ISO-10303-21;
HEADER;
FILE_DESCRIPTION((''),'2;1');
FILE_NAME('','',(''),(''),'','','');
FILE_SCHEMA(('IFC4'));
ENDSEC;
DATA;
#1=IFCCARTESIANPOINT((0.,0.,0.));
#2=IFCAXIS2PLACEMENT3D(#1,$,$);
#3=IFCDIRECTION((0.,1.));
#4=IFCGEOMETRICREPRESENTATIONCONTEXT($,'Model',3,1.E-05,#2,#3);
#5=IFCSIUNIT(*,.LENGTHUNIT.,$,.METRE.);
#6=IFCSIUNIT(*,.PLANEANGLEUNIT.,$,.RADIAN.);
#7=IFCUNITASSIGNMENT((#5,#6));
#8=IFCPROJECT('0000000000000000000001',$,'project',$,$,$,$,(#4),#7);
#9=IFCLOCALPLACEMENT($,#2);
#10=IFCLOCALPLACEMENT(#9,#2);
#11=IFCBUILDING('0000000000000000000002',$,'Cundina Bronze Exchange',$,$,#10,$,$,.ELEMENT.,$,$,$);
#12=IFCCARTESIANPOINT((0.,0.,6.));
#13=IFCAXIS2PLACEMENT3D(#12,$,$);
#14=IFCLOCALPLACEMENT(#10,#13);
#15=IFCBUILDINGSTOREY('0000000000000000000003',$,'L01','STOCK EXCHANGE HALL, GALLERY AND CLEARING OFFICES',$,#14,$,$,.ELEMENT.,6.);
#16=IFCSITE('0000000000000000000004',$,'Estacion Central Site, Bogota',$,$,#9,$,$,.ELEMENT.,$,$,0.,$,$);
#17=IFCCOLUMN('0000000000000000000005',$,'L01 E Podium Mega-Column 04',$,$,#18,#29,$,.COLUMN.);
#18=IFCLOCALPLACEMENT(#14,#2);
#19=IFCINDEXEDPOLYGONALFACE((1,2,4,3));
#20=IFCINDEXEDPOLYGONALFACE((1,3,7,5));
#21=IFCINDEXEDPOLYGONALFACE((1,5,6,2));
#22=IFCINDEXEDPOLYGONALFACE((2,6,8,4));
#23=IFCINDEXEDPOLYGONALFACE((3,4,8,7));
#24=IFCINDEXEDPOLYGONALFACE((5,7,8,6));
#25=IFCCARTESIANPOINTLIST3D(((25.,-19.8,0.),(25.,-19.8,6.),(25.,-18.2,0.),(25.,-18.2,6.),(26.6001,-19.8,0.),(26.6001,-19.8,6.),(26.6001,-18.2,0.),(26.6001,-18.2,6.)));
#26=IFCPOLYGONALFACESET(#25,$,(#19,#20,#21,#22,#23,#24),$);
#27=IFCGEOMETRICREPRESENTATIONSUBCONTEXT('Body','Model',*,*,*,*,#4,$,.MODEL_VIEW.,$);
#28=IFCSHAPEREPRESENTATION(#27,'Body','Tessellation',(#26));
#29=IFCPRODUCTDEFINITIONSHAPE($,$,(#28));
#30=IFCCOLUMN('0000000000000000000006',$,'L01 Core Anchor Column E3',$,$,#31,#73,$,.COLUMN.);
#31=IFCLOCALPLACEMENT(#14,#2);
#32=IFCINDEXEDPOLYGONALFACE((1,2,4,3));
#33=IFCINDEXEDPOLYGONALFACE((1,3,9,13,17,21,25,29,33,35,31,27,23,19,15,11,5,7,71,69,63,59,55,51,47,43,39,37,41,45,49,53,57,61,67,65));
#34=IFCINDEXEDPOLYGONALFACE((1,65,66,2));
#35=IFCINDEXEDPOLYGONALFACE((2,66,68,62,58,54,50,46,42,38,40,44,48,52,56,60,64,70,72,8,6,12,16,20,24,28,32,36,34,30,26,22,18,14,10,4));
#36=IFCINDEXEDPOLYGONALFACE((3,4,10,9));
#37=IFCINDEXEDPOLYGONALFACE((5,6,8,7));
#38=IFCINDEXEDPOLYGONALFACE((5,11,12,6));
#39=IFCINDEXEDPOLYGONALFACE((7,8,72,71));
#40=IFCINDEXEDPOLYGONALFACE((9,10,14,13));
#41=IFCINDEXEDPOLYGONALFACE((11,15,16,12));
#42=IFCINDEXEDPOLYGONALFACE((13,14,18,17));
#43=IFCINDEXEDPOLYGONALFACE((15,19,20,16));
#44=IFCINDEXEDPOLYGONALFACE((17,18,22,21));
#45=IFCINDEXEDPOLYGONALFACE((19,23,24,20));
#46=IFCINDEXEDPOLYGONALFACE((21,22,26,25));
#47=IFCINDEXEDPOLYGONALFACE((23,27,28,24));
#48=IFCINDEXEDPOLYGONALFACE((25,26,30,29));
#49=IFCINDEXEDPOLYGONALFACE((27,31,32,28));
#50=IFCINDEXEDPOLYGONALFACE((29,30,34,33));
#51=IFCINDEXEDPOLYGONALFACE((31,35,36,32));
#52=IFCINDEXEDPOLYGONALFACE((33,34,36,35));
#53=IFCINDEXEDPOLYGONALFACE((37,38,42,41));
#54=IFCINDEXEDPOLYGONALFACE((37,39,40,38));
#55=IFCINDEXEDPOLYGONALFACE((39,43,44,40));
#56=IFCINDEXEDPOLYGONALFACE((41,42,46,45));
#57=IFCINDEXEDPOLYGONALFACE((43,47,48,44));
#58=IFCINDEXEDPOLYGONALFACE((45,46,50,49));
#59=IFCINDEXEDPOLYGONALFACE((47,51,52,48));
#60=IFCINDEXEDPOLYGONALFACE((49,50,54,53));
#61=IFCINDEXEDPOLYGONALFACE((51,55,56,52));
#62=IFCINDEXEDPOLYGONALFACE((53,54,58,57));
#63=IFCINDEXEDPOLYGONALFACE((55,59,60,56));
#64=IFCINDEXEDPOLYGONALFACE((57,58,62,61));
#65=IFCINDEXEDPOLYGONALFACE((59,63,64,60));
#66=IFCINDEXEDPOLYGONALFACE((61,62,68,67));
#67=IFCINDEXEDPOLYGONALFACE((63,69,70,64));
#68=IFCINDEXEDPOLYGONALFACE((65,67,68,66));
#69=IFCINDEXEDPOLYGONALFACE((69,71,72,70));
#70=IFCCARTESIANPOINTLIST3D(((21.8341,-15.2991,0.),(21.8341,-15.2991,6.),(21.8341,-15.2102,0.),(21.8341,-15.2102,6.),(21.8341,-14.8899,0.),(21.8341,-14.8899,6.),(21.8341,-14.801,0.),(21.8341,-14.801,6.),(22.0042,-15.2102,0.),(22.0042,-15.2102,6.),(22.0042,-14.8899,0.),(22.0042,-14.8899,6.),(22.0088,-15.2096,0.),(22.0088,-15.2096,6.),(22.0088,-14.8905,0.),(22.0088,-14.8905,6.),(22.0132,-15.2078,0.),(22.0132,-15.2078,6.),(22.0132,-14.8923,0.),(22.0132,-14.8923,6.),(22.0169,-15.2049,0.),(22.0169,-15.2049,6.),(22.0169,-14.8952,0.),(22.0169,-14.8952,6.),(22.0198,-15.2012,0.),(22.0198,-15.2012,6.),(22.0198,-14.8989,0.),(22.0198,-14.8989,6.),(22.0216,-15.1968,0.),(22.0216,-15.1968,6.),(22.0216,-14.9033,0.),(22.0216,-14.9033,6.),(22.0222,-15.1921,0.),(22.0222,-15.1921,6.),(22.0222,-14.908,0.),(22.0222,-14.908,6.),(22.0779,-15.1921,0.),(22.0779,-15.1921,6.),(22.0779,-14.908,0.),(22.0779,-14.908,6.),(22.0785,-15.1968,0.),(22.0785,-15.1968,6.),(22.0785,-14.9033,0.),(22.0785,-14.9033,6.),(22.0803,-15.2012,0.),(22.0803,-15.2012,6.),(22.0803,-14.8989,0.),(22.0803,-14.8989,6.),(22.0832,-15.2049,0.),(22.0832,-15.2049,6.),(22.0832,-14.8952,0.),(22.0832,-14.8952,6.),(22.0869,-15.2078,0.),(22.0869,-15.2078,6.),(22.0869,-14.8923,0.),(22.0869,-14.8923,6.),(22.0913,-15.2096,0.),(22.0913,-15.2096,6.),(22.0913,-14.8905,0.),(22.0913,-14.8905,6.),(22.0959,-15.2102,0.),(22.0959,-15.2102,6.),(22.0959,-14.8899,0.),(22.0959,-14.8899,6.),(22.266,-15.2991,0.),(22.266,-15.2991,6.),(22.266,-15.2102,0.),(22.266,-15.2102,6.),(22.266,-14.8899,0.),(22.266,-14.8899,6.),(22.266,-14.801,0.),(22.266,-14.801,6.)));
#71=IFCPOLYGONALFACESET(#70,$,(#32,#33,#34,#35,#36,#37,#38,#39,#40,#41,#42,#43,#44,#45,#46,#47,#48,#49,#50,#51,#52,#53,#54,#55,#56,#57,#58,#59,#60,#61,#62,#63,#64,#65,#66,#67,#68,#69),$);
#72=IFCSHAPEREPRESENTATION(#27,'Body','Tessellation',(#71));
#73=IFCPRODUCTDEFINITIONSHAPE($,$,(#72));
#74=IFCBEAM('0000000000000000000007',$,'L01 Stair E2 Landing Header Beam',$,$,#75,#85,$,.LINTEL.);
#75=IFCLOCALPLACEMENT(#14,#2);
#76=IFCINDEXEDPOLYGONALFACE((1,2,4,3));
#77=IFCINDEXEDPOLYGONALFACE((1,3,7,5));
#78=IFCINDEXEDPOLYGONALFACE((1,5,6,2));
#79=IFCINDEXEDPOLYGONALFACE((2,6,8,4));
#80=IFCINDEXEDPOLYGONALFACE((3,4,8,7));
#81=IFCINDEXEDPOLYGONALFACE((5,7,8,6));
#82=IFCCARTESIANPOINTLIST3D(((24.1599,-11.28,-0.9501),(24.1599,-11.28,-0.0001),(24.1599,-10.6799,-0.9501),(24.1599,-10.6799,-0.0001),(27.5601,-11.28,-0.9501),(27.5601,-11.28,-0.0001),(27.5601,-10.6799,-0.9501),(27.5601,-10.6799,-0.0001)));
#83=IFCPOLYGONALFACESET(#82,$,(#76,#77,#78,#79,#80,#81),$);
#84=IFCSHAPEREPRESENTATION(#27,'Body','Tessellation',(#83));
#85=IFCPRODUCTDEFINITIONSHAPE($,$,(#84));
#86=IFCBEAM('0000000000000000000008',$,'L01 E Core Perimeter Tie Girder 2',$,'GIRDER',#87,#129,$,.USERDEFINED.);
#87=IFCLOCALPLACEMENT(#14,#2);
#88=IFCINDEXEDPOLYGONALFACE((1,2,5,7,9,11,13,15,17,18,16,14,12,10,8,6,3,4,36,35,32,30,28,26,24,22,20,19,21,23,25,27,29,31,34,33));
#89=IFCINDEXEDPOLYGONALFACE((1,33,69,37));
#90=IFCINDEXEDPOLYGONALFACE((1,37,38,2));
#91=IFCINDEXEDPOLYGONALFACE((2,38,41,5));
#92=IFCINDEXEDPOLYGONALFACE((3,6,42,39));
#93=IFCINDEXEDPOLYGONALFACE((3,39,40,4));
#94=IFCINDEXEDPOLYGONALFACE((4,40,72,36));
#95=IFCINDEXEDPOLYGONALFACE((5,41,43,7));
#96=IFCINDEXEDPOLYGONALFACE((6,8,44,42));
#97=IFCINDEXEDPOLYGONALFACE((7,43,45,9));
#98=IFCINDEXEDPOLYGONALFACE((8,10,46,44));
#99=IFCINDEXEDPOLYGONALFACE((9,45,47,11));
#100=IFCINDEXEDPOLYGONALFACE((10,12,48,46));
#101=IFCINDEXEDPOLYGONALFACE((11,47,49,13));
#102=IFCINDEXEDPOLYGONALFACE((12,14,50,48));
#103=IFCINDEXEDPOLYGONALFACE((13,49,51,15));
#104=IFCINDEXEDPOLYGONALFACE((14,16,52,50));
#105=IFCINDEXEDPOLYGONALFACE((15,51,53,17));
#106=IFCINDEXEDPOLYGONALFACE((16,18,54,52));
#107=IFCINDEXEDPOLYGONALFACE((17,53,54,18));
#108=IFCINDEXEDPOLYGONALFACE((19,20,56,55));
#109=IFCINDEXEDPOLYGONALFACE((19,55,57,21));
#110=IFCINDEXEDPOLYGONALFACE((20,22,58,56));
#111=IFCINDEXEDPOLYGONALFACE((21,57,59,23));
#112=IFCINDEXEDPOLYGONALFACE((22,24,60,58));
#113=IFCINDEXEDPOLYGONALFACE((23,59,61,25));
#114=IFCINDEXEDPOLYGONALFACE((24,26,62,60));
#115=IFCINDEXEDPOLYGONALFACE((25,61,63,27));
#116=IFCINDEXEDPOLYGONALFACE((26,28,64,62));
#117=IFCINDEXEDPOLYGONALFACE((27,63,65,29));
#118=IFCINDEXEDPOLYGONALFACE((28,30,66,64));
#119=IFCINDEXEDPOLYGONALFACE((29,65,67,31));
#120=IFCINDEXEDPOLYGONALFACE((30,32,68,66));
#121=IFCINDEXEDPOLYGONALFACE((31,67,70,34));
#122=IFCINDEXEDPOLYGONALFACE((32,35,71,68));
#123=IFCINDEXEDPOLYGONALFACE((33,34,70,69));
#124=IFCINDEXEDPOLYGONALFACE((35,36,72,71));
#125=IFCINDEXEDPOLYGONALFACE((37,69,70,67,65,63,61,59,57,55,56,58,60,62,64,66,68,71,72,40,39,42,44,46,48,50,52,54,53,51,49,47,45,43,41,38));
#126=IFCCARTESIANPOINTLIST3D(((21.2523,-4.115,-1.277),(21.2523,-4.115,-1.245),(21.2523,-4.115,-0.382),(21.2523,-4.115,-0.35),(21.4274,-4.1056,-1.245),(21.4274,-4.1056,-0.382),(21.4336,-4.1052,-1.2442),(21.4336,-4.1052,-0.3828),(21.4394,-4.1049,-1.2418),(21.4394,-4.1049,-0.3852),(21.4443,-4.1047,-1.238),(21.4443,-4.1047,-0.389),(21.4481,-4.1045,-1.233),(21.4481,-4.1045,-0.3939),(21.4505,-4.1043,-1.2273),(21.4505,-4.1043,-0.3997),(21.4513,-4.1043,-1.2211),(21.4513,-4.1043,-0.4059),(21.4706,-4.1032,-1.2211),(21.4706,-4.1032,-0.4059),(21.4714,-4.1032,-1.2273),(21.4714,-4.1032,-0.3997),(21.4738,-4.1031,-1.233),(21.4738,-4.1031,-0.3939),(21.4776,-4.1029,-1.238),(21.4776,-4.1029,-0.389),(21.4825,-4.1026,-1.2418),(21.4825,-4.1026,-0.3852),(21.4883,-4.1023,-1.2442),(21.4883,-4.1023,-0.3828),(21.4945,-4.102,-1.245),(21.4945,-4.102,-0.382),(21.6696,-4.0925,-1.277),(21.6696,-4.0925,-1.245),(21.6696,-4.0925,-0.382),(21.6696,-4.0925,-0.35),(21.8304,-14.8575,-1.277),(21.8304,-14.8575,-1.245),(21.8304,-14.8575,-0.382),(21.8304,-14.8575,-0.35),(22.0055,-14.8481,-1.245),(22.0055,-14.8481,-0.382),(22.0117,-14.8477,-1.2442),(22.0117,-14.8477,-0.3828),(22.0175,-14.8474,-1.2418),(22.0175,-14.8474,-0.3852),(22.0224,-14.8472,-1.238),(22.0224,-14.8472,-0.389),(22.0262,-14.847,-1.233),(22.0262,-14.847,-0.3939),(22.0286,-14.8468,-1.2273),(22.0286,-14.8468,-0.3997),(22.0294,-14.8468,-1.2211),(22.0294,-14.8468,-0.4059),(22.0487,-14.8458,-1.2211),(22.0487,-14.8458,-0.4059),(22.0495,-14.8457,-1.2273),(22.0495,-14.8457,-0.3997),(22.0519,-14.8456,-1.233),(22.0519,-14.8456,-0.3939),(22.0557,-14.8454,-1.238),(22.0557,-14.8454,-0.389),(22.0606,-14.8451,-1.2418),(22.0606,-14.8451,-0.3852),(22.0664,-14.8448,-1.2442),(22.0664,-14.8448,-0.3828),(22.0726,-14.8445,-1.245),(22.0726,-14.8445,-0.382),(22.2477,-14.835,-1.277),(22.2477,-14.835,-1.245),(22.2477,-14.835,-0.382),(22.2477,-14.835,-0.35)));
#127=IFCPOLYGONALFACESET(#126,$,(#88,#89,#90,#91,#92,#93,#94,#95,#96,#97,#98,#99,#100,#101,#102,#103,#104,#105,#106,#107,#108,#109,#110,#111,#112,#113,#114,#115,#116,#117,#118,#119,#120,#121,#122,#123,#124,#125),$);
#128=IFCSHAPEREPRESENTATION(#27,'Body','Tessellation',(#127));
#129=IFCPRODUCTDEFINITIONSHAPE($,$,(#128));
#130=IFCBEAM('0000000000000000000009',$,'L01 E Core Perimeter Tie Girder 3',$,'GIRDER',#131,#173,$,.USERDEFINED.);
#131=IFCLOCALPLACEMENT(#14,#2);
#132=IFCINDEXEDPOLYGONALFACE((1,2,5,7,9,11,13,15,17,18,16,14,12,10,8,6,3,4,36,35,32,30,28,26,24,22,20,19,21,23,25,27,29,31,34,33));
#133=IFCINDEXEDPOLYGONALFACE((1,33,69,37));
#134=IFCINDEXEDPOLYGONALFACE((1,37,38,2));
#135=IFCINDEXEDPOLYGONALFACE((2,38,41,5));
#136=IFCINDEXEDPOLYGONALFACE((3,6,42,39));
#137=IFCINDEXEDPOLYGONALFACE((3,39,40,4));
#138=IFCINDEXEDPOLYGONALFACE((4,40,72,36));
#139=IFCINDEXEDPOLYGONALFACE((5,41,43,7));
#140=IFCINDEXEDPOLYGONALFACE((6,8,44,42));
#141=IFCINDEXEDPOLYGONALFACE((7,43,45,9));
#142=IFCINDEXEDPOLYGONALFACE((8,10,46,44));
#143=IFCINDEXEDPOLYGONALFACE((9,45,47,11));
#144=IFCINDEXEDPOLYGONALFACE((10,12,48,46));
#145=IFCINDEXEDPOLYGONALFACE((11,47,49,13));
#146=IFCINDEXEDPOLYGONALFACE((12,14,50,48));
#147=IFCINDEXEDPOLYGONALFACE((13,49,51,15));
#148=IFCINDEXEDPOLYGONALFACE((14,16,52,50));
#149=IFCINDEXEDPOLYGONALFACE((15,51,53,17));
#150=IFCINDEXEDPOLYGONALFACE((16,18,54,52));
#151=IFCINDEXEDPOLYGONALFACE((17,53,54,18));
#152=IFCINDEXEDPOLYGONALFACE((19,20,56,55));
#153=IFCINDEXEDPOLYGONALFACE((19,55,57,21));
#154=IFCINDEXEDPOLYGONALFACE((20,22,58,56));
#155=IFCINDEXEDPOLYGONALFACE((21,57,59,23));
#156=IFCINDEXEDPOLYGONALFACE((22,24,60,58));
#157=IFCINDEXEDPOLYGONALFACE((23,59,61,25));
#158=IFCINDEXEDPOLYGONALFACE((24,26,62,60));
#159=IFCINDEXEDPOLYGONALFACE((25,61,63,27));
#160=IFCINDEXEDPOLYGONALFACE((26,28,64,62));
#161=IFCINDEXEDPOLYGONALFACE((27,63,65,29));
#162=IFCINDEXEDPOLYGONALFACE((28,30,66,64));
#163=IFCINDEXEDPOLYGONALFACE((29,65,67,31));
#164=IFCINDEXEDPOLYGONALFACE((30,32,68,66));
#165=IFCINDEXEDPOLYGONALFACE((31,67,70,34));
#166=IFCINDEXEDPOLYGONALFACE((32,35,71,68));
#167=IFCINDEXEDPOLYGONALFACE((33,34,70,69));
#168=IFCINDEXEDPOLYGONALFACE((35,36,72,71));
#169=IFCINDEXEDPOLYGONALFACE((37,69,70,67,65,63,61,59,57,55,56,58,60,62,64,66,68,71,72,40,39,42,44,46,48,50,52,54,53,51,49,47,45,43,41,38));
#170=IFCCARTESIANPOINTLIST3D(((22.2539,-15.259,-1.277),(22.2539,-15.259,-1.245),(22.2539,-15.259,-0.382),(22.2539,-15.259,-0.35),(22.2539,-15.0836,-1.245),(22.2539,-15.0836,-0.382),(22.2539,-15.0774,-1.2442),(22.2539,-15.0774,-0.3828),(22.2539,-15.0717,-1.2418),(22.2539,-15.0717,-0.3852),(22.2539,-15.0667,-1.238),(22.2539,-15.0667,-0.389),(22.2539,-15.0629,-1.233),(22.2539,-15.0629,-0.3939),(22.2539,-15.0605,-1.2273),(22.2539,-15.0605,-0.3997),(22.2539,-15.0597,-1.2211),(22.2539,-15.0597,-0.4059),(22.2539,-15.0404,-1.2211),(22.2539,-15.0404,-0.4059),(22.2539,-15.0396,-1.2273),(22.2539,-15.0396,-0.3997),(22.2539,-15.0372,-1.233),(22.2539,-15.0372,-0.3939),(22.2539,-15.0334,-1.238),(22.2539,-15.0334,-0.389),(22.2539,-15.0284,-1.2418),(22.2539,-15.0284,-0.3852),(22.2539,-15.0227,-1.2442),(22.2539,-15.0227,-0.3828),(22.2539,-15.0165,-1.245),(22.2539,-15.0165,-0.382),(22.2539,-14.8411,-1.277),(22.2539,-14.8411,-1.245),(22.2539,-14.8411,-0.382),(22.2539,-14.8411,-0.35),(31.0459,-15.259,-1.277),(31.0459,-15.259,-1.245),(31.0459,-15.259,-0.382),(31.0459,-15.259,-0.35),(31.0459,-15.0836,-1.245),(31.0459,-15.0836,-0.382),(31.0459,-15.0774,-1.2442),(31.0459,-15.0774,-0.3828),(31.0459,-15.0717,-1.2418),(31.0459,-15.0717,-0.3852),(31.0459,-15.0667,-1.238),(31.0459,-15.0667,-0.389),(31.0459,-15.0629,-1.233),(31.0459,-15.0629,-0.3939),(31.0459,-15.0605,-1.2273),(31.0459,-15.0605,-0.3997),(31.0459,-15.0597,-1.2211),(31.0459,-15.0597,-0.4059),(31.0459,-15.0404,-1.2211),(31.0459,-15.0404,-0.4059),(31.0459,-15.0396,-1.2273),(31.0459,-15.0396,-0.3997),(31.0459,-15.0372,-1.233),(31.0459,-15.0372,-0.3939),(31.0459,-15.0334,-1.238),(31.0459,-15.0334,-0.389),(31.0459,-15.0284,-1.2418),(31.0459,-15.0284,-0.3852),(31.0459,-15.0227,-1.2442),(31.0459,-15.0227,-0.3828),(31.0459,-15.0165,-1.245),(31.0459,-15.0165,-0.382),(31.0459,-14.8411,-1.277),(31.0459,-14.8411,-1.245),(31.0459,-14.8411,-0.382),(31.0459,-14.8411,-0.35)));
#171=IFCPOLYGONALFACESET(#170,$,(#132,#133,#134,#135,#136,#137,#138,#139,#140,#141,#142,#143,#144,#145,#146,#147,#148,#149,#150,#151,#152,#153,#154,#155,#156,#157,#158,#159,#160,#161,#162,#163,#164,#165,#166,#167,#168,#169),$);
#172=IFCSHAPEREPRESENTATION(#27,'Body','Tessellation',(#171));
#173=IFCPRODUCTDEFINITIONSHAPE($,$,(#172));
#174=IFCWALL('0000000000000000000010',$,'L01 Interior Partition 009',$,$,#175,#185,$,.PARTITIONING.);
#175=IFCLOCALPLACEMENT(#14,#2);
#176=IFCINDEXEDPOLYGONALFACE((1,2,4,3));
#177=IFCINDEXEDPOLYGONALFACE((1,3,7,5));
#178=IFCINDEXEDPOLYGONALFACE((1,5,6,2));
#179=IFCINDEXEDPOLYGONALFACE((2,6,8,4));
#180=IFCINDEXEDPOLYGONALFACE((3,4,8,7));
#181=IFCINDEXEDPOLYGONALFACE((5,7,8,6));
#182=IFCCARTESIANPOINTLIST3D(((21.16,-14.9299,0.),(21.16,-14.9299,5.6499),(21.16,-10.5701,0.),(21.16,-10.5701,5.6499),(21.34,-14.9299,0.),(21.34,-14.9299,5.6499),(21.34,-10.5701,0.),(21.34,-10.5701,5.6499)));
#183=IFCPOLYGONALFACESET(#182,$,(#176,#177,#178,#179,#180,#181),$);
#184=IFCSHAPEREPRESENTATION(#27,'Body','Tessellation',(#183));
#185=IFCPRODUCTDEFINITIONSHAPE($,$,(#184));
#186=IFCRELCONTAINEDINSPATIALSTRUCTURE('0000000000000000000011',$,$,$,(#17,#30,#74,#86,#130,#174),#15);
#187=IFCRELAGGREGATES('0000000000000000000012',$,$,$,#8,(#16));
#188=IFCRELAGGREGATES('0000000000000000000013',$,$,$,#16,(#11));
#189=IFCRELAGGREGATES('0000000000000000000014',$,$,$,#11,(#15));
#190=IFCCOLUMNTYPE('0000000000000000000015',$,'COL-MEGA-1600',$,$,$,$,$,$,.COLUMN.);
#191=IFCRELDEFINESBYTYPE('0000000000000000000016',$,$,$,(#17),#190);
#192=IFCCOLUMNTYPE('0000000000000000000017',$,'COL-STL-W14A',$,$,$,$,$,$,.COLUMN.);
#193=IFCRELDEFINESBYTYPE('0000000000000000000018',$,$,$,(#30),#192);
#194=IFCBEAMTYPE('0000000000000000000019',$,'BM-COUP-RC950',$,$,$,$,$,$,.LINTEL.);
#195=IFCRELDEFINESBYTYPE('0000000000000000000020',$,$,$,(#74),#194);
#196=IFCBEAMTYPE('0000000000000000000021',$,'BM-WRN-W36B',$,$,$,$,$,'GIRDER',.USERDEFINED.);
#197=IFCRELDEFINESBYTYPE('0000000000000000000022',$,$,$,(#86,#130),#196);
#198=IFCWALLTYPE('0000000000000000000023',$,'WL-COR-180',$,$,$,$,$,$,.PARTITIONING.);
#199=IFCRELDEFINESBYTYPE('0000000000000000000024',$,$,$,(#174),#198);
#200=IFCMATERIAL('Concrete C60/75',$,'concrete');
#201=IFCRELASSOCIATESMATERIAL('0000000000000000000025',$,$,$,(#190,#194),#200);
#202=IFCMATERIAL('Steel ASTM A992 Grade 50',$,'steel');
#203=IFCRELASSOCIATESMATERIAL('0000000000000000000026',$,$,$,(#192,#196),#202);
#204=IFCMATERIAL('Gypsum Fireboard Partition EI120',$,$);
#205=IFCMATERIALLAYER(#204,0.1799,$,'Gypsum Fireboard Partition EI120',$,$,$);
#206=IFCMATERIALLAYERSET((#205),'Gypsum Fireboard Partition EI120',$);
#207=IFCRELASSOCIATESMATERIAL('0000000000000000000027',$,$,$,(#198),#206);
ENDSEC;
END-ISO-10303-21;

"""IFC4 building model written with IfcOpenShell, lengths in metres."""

from ifc_helpers import new_model, si_unit, direction, frame, frame_2d, origin, origin_2d, place, context, subcontext, project, spatial, rectangle, i_section, extrude, material, layer, layer_set, material_profile, profile_set, type_object, element, save


model = new_model("IFC4")

# Units and contexts
model_context = context("Model", 3, precision=1e-05, world=origin(), true_north=direction((0.0, 1.0)))
body_context = subcontext(model_context, "Body", "Model", "MODEL_VIEW")
ifc_project = project(units=[si_unit("LENGTHUNIT", "METRE"), si_unit("PLANEANGLEUNIT", "RADIAN")], contexts=[model_context])

# Site, building, storey
site_placement = place(None, origin())
site = spatial("IfcSite", under=ifc_project, at=site_placement, Name="Estacion Central Site, Bogota", CompositionType="ELEMENT", RefElevation=0.0)
building_placement = place(site_placement, origin())
building = spatial("IfcBuilding", under=site, at=building_placement, Name="Cundina Bronze Exchange", CompositionType="ELEMENT")
storey_placement = place(building_placement, frame((0.0, 0.0, 6.0)))
storey = spatial("IfcBuildingStorey", under=building, at=storey_placement, Name="L01", Description="STOCK EXCHANGE HALL, GALLERY AND CLEARING OFFICES", CompositionType="ELEMENT", Elevation=6.0)

# Columns
ifc_material_1 = material(Name="Concrete C60/75", Category="concrete")
ifc_material_profile_1 = material_profile(ifc_material_1, rectangle(XDim=1.6001, YDim=1.6001, at=origin_2d()), Name="RC1600X1600", Category="concrete")
ifc_profile_set_1 = profile_set([ifc_material_profile_1], Name="Concrete C60/75")
column_type_1 = type_object("IfcColumnType", Name="COL-MEGA-1600", PredefinedType="COLUMN", material=ifc_profile_set_1)
column_1_placement = place(storey_placement, frame((25.8, -19.0, 0.0), z_axis=(0.0, 0.0, 1.0), x_axis=(1.0, 0.0, 0.0)))
element("IfcColumn", 1, at=column_1_placement, inside=storey, type_object=column_type_1, Name="L01 E Podium Mega-Column 04", PredefinedType="COLUMN", context=body_context, shape_type="SweptSolid", body=[
    extrude(rectangle(XDim=1.6001, YDim=1.6001, at=origin_2d()), origin(), (0.0, 0.0, 1.0), 6.0),
])
ifc_material_2 = material(Name="Steel ASTM A992 Grade 50", Category="steel")
ifc_material_profile_2 = material_profile(ifc_material_2, i_section(OverallWidth=0.4319, OverallDepth=0.498, WebThickness=0.0557, FlangeThickness=0.0889, FilletRadius=0.0181, at=origin_2d()), Name="W14X500", Category="steel")
ifc_profile_set_2 = profile_set([ifc_material_profile_2], Name="Steel ASTM A992 Grade 50")
column_type_2 = type_object("IfcColumnType", Name="COL-STL-W14A", PredefinedType="COLUMN", material=ifc_profile_set_2)
column_2_placement = place(storey_placement, frame((22.05, -15.05, 0.0), z_axis=(0.0, 0.0, 1.0), x_axis=(1.0, 0.0, 0.0)))
element("IfcColumn", 2, at=column_2_placement, inside=storey, type_object=column_type_2, Name="L01 Core Anchor Column E3", PredefinedType="COLUMN", context=body_context, shape_type="SweptSolid", body=[
    extrude(i_section(OverallWidth=0.4319, OverallDepth=0.498, WebThickness=0.0557, FlangeThickness=0.0889, FilletRadius=0.0181, at=origin_2d()), origin(), (0.0, 0.0, 1.0), 6.0),
])

# Beams
ifc_material_profile_3 = material_profile(ifc_material_1, rectangle(XDim=0.6001, YDim=0.95, at=origin_2d()), Name="RC600X950", Category="concrete")
ifc_profile_set_3 = profile_set([ifc_material_profile_3], Name="Concrete C60/75")
beam_type_1 = type_object("IfcBeamType", Name="BM-COUP-RC950", PredefinedType="LINTEL", material=ifc_profile_set_3)
beam_1_placement = place(storey_placement, frame((24.1599, -10.98, -0.4751), z_axis=(1.0, 0.0, 0.0), x_axis=(0.0, 1.0, 0.0)))
element("IfcBeam", 3, at=beam_1_placement, inside=storey, type_object=beam_type_1, Name="L01 Stair E2 Landing Header Beam", PredefinedType="LINTEL", context=body_context, shape_type="SweptSolid", body=[
    extrude(rectangle(XDim=0.6001, YDim=0.95, at=origin_2d()), origin(), (0.0, 0.0, 1.0), 3.4001),
])
ifc_material_profile_4 = material_profile(ifc_material_2, i_section(OverallWidth=0.418, OverallDepth=0.927, WebThickness=0.0193, FlangeThickness=0.032, FilletRadius=0.0239, at=origin_2d()), Name="W36X231", Category="steel")
ifc_profile_set_4 = profile_set([ifc_material_profile_4], Name="Steel ASTM A992 Grade 50")
beam_type_2 = type_object("IfcBeamType", Name="BM-WRN-W36B", ElementType="GIRDER", PredefinedType="USERDEFINED", material=ifc_profile_set_4)
beam_2_placement = place(storey_placement, frame((21.4609, -4.1038, -0.8135), z_axis=(0.053739, -0.998555, 0.0), x_axis=(0.998555, 0.053739, 0.0)))
element("IfcBeam", 4, at=beam_2_placement, inside=storey, type_object=beam_type_2, Name="L01 E Core Perimeter Tie Girder 2", ObjectType="GIRDER", PredefinedType="USERDEFINED", context=body_context, shape_type="SweptSolid", body=[
    extrude(i_section(OverallWidth=0.418, OverallDepth=0.927, WebThickness=0.0193, FlangeThickness=0.032, FilletRadius=0.0239, at=origin_2d()), origin(), (0.0, 0.0, 1.0), 10.7581),
])
beam_3_placement = place(storey_placement, frame((22.2539, -15.05, -0.8135), z_axis=(1.0, 0.0, 0.0), x_axis=(0.0, 1.0, 0.0)))
element("IfcBeam", 5, at=beam_3_placement, inside=storey, type_object=beam_type_2, Name="L01 E Core Perimeter Tie Girder 3", ObjectType="GIRDER", PredefinedType="USERDEFINED", context=body_context, shape_type="SweptSolid", body=[
    extrude(i_section(OverallWidth=0.418, OverallDepth=0.927, WebThickness=0.0193, FlangeThickness=0.032, FilletRadius=0.0239, at=origin_2d()), origin(), (0.0, 0.0, 1.0), 8.792),
])

# Wall
ifc_material_3 = material(Name="Gypsum Fireboard Partition EI120")
ifc_layer_1 = layer(ifc_material_3, 0.1799, Name="Gypsum Fireboard Partition EI120")
ifc_layer_set_1 = layer_set([ifc_layer_1], Name="Gypsum Fireboard Partition EI120")
wall_type_1 = type_object("IfcWallType", Name="WL-COR-180", PredefinedType="PARTITIONING", material=ifc_layer_set_1)
wall_1_placement = place(storey_placement, frame((21.25, -14.9299, 0.0), z_axis=(0.0, 0.0, 1.0), x_axis=(0.0, 1.0, 0.0)))
element("IfcWall", 6, at=wall_1_placement, inside=storey, type_object=wall_type_1, Name="L01 Interior Partition 009", PredefinedType="PARTITIONING", context=body_context, shape_type="SweptSolid", body=[
    extrude(rectangle(XDim=4.3599, YDim=0.1799, at=frame_2d((2.1799, 0.0))), origin(), (0.0, 0.0, 1.0), 5.6499),
])

save(model, "model.ifc")
